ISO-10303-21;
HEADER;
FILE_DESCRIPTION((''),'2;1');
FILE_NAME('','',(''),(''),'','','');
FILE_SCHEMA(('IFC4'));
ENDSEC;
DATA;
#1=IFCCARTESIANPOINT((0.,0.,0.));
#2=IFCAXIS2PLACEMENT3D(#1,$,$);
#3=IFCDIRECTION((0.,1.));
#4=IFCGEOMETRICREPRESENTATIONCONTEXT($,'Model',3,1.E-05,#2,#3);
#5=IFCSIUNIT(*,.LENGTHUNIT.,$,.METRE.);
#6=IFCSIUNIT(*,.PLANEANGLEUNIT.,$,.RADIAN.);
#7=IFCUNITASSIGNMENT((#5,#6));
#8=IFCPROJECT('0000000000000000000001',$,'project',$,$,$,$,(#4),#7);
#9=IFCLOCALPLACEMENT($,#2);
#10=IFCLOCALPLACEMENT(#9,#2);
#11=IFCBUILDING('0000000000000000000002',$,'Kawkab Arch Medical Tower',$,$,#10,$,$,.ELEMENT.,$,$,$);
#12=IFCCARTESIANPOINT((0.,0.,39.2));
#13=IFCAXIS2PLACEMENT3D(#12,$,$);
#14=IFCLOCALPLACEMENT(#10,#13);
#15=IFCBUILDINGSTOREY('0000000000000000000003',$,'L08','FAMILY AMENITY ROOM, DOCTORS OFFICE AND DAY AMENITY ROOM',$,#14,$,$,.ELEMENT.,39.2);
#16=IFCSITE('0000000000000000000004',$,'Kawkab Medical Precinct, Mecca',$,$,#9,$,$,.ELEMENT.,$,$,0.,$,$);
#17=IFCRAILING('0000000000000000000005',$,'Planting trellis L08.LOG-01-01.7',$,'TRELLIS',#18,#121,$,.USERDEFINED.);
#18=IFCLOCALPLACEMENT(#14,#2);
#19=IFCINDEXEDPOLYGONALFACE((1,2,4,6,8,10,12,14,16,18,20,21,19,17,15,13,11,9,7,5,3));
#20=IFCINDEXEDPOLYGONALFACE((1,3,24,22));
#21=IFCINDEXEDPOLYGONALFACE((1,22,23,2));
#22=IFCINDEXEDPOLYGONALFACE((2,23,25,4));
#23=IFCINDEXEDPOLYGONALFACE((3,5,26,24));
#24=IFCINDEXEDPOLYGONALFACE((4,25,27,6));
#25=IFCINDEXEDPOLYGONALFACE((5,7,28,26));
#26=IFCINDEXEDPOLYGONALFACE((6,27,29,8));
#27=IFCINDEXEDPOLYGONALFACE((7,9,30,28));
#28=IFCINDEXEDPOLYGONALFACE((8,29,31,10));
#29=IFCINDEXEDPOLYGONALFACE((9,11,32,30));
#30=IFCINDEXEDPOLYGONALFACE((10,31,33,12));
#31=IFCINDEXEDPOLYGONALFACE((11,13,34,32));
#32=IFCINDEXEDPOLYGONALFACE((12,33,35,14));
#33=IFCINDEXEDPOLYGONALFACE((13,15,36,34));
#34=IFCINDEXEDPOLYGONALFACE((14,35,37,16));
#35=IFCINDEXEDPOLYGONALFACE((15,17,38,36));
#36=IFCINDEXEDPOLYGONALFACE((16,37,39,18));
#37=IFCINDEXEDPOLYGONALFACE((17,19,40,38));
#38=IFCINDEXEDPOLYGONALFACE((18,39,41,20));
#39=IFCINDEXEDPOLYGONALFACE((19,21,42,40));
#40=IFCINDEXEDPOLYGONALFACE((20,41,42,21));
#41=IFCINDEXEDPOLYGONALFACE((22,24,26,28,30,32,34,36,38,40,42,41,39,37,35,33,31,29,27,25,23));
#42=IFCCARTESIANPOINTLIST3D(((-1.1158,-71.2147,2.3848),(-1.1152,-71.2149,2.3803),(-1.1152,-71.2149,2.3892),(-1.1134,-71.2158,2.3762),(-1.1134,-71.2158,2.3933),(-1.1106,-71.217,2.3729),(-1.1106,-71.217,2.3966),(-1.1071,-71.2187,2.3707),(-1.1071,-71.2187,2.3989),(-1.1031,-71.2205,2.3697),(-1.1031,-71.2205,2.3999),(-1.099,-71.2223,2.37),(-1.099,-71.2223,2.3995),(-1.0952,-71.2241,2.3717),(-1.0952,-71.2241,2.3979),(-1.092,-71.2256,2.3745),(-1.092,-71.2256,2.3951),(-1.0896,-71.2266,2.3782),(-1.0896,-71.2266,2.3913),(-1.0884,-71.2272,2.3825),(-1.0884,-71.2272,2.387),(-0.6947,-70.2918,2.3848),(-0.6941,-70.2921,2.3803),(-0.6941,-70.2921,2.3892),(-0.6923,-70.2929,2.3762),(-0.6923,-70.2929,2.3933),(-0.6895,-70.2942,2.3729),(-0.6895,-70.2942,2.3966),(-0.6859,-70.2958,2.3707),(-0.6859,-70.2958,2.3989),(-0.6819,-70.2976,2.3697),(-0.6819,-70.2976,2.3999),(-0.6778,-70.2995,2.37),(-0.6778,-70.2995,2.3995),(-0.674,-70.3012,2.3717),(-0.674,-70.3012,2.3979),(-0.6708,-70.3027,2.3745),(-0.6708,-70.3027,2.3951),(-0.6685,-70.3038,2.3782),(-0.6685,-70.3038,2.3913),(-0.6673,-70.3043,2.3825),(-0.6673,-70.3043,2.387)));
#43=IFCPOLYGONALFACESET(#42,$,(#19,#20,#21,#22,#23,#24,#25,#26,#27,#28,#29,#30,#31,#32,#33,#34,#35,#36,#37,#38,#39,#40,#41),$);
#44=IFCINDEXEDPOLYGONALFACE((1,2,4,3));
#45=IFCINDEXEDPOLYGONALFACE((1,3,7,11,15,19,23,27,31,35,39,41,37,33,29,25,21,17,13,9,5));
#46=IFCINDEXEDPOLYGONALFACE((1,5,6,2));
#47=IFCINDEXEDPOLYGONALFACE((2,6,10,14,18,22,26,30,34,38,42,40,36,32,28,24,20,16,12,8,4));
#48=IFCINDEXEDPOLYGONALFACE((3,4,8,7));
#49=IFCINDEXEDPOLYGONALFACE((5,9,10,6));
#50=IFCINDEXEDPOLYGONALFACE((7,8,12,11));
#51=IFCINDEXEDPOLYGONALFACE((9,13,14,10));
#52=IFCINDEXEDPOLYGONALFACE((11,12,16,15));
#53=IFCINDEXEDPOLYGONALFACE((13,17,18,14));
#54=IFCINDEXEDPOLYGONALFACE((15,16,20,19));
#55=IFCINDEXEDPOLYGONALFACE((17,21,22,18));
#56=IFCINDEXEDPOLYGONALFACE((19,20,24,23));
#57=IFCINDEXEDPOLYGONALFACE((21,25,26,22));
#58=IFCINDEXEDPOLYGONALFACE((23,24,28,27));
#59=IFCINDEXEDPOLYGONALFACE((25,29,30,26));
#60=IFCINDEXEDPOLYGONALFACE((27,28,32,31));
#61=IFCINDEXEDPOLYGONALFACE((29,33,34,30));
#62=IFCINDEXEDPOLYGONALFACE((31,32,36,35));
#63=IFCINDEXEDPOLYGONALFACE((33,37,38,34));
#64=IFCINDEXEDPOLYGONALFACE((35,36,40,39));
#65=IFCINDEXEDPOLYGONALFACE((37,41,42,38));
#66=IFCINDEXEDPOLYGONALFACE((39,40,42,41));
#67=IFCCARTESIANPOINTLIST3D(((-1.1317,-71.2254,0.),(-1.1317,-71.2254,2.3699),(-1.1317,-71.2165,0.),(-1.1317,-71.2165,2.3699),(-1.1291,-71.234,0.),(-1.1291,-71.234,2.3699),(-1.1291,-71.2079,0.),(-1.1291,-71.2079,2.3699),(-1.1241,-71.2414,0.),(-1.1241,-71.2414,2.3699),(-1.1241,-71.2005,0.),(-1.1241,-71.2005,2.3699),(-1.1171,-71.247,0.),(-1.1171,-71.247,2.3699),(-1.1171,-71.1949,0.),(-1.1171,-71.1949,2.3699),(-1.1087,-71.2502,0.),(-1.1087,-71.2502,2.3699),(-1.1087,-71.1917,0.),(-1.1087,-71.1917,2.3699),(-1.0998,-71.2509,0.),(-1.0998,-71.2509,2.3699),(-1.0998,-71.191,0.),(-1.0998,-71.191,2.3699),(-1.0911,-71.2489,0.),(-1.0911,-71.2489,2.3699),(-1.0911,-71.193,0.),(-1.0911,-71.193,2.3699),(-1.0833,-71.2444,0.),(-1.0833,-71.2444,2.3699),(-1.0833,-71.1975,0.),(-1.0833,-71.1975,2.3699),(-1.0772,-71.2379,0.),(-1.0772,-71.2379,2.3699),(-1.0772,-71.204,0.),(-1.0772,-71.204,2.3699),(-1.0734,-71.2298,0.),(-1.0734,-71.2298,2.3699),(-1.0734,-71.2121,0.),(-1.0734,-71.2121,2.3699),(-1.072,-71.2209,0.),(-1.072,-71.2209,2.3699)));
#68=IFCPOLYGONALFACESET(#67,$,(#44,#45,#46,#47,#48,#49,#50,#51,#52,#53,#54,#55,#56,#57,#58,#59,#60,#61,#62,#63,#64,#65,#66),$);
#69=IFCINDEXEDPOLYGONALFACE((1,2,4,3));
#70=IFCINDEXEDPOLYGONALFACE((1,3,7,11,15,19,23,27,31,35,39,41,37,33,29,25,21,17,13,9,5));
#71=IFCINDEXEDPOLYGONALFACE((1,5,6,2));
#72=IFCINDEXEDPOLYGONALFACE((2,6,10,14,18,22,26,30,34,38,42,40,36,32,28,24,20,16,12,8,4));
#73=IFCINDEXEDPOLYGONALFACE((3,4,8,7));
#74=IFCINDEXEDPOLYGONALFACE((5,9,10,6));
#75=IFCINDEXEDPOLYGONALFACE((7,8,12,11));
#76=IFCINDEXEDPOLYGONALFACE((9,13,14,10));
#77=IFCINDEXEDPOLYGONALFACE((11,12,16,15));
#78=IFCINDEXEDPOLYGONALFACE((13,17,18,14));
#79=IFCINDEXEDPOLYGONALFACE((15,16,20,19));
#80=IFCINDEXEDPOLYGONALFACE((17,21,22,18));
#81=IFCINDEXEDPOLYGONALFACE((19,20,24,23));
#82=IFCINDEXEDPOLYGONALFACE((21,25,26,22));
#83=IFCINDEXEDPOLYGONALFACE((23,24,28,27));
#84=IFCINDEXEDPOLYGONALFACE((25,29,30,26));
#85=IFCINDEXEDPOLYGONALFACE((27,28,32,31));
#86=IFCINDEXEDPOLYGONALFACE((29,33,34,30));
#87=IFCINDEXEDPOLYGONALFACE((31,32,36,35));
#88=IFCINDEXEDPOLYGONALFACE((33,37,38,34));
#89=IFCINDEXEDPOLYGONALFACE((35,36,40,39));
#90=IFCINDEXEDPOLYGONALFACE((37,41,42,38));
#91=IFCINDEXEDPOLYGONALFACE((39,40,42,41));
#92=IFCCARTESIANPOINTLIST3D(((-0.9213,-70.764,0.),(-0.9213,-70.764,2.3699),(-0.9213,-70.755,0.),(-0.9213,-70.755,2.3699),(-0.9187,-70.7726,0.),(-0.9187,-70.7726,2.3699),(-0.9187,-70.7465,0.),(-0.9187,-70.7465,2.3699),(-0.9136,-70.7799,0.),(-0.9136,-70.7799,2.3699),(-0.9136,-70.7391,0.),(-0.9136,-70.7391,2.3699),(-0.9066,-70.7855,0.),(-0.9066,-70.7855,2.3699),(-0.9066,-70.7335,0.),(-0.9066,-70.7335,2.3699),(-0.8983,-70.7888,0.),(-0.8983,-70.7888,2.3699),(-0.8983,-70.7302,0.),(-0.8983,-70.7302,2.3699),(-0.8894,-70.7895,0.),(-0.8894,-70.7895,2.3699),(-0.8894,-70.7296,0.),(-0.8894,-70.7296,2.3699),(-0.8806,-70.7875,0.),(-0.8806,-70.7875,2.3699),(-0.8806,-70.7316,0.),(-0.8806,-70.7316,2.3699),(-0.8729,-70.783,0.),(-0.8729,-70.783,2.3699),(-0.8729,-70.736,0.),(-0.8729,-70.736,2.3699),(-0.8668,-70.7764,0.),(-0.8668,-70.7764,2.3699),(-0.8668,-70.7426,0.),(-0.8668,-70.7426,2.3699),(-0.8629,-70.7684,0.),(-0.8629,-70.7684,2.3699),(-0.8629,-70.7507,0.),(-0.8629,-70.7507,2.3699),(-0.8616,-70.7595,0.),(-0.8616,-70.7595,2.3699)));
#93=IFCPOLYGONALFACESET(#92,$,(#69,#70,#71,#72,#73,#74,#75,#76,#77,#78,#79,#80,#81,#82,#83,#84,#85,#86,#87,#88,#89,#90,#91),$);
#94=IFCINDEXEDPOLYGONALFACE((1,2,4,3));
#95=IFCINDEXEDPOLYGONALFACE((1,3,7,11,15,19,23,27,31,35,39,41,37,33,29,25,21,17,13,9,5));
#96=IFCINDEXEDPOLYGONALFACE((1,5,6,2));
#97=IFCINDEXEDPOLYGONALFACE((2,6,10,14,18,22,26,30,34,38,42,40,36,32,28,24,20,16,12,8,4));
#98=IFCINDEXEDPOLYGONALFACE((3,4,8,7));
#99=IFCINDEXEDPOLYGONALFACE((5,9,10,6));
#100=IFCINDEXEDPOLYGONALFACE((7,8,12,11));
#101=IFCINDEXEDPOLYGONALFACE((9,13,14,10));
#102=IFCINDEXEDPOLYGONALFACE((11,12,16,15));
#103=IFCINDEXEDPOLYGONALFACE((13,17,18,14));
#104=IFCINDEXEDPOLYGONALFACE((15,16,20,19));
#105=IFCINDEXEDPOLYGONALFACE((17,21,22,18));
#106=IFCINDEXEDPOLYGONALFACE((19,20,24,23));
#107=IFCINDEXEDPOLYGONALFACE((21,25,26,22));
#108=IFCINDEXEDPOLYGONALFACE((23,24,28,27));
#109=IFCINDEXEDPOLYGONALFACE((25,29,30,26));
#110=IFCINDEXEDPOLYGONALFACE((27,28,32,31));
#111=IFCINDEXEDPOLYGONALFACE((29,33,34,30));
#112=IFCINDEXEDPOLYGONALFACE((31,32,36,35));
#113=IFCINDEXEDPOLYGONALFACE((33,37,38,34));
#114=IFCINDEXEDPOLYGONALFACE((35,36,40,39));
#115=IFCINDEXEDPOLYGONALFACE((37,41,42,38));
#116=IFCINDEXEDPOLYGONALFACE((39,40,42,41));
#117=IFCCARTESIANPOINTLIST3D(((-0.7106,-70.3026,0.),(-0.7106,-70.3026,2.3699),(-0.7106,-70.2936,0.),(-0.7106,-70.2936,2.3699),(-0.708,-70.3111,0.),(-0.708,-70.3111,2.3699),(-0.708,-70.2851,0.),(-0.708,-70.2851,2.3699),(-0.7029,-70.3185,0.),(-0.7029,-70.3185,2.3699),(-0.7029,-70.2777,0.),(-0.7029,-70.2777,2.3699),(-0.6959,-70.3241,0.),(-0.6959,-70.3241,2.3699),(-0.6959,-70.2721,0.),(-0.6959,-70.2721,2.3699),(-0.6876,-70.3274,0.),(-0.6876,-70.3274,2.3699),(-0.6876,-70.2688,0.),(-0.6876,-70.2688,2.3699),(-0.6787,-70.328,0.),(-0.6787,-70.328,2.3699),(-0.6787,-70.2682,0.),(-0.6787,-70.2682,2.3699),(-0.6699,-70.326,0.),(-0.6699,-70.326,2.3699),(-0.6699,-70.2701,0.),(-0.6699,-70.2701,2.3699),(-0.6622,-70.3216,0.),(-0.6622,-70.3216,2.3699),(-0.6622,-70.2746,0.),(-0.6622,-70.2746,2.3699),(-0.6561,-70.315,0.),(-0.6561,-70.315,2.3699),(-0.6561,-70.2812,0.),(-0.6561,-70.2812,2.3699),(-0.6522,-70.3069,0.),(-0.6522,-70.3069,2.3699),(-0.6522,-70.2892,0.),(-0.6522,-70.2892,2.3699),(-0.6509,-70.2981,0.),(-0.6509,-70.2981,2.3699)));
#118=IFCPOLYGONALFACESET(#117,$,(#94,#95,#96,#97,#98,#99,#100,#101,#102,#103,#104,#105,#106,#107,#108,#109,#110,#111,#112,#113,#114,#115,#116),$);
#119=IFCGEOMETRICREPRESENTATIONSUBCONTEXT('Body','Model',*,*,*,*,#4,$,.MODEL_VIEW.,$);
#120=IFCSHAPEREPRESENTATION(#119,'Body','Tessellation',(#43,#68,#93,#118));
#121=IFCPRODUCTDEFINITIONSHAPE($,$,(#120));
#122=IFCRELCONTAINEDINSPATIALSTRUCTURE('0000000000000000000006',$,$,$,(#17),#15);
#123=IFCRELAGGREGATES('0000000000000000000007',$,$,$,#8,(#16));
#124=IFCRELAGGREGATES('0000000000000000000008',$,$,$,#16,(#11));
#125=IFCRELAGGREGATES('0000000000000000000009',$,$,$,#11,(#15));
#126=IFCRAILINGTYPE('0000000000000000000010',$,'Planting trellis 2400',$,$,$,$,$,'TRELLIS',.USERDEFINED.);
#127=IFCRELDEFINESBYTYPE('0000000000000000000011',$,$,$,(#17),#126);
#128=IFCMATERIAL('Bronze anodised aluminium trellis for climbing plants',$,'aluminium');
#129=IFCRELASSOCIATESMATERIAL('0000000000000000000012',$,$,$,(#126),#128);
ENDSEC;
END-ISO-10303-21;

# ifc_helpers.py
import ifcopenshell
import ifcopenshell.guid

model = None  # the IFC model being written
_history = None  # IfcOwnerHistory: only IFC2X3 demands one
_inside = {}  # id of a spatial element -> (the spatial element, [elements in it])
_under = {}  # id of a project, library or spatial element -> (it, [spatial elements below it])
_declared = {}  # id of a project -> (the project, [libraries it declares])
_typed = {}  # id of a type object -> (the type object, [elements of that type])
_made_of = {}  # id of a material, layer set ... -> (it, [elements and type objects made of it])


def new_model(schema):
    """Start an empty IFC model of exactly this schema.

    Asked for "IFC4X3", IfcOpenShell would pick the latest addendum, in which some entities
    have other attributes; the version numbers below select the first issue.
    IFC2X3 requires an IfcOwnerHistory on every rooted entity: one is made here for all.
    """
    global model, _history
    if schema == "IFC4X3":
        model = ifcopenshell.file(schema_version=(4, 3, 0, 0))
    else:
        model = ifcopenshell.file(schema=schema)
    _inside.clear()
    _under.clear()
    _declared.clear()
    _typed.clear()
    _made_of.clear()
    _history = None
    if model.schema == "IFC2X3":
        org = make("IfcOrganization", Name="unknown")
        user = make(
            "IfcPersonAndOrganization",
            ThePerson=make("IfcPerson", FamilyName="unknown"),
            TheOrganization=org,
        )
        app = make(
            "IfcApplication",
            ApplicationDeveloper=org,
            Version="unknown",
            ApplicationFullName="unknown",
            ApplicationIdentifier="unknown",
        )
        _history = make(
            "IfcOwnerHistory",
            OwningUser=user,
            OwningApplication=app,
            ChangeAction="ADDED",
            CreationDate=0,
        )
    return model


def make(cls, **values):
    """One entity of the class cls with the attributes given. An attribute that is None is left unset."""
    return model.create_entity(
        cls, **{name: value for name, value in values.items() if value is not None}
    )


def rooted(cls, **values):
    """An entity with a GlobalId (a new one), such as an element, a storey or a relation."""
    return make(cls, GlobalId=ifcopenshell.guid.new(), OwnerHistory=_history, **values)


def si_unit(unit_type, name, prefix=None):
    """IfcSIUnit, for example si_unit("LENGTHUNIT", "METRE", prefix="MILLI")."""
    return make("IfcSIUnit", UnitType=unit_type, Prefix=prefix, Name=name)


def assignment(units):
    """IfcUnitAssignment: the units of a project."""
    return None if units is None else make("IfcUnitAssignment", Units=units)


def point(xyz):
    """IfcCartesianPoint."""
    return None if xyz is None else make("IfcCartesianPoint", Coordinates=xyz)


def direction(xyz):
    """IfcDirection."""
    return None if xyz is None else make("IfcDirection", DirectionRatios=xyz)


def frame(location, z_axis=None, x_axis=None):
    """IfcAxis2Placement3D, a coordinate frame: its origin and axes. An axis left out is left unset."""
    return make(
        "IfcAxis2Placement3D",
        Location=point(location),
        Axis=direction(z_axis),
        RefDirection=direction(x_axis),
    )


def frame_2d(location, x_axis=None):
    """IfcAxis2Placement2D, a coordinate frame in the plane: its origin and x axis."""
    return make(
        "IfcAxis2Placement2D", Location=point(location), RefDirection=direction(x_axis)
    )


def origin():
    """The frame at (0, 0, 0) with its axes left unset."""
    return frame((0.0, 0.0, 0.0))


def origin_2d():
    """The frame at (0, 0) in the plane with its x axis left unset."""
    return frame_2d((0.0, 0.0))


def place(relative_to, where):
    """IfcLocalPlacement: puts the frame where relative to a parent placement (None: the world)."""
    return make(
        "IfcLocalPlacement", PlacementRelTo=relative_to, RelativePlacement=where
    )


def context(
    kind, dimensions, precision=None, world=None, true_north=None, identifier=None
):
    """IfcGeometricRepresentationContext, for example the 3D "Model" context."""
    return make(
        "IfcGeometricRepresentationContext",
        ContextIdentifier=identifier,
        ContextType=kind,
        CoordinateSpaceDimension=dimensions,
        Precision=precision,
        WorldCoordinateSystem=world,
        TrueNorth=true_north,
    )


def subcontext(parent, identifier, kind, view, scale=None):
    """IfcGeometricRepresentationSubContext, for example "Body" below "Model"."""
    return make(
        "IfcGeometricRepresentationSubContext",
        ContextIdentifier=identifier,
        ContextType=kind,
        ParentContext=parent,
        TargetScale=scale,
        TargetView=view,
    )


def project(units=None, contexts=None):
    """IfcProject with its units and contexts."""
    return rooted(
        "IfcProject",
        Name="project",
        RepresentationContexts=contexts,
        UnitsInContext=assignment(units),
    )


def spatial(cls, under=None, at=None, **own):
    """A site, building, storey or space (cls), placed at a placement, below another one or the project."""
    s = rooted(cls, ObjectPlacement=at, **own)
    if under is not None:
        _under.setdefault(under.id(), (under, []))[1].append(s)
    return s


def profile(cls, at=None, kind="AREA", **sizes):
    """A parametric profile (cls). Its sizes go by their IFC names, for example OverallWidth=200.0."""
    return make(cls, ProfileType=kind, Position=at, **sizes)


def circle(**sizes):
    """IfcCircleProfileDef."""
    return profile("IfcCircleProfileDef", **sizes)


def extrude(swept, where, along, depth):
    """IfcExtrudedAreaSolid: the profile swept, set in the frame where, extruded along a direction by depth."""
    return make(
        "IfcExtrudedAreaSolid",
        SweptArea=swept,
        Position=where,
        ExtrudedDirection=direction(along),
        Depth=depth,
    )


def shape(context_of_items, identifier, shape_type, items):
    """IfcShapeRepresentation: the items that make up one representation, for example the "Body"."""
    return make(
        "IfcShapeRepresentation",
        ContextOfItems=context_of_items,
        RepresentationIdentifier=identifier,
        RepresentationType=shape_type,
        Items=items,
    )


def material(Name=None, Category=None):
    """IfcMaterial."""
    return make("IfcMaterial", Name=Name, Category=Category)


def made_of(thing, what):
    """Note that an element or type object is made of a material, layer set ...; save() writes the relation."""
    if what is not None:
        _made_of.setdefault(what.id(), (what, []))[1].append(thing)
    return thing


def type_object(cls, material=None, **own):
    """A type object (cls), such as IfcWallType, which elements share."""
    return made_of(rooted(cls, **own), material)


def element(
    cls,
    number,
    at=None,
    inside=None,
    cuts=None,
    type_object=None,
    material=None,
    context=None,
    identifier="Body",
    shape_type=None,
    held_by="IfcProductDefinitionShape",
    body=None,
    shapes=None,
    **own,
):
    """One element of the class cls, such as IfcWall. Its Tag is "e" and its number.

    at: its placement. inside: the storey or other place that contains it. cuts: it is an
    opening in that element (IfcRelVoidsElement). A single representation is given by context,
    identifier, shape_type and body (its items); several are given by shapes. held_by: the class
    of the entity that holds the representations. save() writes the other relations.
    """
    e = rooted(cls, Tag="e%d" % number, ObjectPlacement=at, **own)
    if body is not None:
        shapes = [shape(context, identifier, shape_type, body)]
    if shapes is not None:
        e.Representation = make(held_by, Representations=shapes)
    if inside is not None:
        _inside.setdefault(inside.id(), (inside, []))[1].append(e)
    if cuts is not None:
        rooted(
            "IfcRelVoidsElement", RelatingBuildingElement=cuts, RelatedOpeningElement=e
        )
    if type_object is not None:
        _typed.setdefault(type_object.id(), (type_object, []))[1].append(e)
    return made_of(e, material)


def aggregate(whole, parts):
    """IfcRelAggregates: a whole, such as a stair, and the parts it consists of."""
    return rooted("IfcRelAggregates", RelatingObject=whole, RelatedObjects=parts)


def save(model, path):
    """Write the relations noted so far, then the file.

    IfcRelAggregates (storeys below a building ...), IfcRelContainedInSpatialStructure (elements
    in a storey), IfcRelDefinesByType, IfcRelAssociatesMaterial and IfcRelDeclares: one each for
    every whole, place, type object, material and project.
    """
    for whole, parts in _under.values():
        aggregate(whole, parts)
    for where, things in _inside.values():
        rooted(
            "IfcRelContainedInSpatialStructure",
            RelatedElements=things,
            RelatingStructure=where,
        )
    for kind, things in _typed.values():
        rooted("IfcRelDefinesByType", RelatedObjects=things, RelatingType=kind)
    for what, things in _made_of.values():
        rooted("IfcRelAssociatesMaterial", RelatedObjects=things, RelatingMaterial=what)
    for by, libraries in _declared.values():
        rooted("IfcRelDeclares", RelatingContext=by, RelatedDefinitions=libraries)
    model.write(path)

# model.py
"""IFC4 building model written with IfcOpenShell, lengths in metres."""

from ifc_helpers import new_model, si_unit, direction, frame, origin, origin_2d, place, context, subcontext, project, spatial, circle, extrude, material, type_object, element, save


model = new_model("IFC4")

# Units and contexts
model_context = context("Model", 3, precision=1e-05, world=origin(), true_north=direction((0.0, 1.0)))
body_context = subcontext(model_context, "Body", "Model", "MODEL_VIEW")
ifc_project = project(units=[si_unit("LENGTHUNIT", "METRE"), si_unit("PLANEANGLEUNIT", "RADIAN")], contexts=[model_context])

# Site, building, storey
site_placement = place(None, origin())
site = spatial("IfcSite", under=ifc_project, at=site_placement, Name="Kawkab Medical Precinct, Mecca", CompositionType="ELEMENT", RefElevation=0.0)
building_placement = place(site_placement, origin())
building = spatial("IfcBuilding", under=site, at=building_placement, Name="Kawkab Arch Medical Tower", CompositionType="ELEMENT")
storey_placement = place(building_placement, frame((0.0, 0.0, 39.2)))
storey = spatial("IfcBuildingStorey", under=building, at=storey_placement, Name="L08", Description="FAMILY AMENITY ROOM, DOCTORS OFFICE AND DAY AMENITY ROOM", CompositionType="ELEMENT", Elevation=39.2)

# Railing
ifc_material_1 = material(Name="Bronze anodised aluminium trellis for climbing plants", Category="aluminium")
railing_type = type_object("IfcRailingType", Name="Planting trellis 2400", ElementType="TRELLIS", PredefinedType="USERDEFINED", material=ifc_material_1)
railing_placement = place(storey_placement, frame((-1.1021, -71.2209, 0.0)))
element("IfcRailing", 1, at=railing_placement, inside=storey, type_object=railing_type, Name="Planting trellis L08.LOG-01-01.7", ObjectType="TRELLIS", PredefinedType="USERDEFINED", context=body_context, shape_type="SweptSolid", body=[
    extrude(circle(Radius=0.0151, at=origin_2d()), frame((0.0, 0.0, 2.3848), z_axis=(0.415162, 0.909747, 0.0), x_axis=(-0.909747, 0.415162, 0.0)), (0.0, 0.0, 1.0), 1.0144),
    extrude(circle(Radius=0.03, at=origin_2d()), origin(), (0.0, 0.0, 1.0), 2.3699),
    extrude(circle(Radius=0.03, at=origin_2d()), frame((0.2104, 0.4614, 0.0)), (0.0, 0.0, 1.0), 2.3699),
    extrude(circle(Radius=0.03, at=origin_2d()), frame((0.4211, 0.9229, 0.0)), (0.0, 0.0, 1.0), 2.3699),
])

save(model, "model.ifc")
